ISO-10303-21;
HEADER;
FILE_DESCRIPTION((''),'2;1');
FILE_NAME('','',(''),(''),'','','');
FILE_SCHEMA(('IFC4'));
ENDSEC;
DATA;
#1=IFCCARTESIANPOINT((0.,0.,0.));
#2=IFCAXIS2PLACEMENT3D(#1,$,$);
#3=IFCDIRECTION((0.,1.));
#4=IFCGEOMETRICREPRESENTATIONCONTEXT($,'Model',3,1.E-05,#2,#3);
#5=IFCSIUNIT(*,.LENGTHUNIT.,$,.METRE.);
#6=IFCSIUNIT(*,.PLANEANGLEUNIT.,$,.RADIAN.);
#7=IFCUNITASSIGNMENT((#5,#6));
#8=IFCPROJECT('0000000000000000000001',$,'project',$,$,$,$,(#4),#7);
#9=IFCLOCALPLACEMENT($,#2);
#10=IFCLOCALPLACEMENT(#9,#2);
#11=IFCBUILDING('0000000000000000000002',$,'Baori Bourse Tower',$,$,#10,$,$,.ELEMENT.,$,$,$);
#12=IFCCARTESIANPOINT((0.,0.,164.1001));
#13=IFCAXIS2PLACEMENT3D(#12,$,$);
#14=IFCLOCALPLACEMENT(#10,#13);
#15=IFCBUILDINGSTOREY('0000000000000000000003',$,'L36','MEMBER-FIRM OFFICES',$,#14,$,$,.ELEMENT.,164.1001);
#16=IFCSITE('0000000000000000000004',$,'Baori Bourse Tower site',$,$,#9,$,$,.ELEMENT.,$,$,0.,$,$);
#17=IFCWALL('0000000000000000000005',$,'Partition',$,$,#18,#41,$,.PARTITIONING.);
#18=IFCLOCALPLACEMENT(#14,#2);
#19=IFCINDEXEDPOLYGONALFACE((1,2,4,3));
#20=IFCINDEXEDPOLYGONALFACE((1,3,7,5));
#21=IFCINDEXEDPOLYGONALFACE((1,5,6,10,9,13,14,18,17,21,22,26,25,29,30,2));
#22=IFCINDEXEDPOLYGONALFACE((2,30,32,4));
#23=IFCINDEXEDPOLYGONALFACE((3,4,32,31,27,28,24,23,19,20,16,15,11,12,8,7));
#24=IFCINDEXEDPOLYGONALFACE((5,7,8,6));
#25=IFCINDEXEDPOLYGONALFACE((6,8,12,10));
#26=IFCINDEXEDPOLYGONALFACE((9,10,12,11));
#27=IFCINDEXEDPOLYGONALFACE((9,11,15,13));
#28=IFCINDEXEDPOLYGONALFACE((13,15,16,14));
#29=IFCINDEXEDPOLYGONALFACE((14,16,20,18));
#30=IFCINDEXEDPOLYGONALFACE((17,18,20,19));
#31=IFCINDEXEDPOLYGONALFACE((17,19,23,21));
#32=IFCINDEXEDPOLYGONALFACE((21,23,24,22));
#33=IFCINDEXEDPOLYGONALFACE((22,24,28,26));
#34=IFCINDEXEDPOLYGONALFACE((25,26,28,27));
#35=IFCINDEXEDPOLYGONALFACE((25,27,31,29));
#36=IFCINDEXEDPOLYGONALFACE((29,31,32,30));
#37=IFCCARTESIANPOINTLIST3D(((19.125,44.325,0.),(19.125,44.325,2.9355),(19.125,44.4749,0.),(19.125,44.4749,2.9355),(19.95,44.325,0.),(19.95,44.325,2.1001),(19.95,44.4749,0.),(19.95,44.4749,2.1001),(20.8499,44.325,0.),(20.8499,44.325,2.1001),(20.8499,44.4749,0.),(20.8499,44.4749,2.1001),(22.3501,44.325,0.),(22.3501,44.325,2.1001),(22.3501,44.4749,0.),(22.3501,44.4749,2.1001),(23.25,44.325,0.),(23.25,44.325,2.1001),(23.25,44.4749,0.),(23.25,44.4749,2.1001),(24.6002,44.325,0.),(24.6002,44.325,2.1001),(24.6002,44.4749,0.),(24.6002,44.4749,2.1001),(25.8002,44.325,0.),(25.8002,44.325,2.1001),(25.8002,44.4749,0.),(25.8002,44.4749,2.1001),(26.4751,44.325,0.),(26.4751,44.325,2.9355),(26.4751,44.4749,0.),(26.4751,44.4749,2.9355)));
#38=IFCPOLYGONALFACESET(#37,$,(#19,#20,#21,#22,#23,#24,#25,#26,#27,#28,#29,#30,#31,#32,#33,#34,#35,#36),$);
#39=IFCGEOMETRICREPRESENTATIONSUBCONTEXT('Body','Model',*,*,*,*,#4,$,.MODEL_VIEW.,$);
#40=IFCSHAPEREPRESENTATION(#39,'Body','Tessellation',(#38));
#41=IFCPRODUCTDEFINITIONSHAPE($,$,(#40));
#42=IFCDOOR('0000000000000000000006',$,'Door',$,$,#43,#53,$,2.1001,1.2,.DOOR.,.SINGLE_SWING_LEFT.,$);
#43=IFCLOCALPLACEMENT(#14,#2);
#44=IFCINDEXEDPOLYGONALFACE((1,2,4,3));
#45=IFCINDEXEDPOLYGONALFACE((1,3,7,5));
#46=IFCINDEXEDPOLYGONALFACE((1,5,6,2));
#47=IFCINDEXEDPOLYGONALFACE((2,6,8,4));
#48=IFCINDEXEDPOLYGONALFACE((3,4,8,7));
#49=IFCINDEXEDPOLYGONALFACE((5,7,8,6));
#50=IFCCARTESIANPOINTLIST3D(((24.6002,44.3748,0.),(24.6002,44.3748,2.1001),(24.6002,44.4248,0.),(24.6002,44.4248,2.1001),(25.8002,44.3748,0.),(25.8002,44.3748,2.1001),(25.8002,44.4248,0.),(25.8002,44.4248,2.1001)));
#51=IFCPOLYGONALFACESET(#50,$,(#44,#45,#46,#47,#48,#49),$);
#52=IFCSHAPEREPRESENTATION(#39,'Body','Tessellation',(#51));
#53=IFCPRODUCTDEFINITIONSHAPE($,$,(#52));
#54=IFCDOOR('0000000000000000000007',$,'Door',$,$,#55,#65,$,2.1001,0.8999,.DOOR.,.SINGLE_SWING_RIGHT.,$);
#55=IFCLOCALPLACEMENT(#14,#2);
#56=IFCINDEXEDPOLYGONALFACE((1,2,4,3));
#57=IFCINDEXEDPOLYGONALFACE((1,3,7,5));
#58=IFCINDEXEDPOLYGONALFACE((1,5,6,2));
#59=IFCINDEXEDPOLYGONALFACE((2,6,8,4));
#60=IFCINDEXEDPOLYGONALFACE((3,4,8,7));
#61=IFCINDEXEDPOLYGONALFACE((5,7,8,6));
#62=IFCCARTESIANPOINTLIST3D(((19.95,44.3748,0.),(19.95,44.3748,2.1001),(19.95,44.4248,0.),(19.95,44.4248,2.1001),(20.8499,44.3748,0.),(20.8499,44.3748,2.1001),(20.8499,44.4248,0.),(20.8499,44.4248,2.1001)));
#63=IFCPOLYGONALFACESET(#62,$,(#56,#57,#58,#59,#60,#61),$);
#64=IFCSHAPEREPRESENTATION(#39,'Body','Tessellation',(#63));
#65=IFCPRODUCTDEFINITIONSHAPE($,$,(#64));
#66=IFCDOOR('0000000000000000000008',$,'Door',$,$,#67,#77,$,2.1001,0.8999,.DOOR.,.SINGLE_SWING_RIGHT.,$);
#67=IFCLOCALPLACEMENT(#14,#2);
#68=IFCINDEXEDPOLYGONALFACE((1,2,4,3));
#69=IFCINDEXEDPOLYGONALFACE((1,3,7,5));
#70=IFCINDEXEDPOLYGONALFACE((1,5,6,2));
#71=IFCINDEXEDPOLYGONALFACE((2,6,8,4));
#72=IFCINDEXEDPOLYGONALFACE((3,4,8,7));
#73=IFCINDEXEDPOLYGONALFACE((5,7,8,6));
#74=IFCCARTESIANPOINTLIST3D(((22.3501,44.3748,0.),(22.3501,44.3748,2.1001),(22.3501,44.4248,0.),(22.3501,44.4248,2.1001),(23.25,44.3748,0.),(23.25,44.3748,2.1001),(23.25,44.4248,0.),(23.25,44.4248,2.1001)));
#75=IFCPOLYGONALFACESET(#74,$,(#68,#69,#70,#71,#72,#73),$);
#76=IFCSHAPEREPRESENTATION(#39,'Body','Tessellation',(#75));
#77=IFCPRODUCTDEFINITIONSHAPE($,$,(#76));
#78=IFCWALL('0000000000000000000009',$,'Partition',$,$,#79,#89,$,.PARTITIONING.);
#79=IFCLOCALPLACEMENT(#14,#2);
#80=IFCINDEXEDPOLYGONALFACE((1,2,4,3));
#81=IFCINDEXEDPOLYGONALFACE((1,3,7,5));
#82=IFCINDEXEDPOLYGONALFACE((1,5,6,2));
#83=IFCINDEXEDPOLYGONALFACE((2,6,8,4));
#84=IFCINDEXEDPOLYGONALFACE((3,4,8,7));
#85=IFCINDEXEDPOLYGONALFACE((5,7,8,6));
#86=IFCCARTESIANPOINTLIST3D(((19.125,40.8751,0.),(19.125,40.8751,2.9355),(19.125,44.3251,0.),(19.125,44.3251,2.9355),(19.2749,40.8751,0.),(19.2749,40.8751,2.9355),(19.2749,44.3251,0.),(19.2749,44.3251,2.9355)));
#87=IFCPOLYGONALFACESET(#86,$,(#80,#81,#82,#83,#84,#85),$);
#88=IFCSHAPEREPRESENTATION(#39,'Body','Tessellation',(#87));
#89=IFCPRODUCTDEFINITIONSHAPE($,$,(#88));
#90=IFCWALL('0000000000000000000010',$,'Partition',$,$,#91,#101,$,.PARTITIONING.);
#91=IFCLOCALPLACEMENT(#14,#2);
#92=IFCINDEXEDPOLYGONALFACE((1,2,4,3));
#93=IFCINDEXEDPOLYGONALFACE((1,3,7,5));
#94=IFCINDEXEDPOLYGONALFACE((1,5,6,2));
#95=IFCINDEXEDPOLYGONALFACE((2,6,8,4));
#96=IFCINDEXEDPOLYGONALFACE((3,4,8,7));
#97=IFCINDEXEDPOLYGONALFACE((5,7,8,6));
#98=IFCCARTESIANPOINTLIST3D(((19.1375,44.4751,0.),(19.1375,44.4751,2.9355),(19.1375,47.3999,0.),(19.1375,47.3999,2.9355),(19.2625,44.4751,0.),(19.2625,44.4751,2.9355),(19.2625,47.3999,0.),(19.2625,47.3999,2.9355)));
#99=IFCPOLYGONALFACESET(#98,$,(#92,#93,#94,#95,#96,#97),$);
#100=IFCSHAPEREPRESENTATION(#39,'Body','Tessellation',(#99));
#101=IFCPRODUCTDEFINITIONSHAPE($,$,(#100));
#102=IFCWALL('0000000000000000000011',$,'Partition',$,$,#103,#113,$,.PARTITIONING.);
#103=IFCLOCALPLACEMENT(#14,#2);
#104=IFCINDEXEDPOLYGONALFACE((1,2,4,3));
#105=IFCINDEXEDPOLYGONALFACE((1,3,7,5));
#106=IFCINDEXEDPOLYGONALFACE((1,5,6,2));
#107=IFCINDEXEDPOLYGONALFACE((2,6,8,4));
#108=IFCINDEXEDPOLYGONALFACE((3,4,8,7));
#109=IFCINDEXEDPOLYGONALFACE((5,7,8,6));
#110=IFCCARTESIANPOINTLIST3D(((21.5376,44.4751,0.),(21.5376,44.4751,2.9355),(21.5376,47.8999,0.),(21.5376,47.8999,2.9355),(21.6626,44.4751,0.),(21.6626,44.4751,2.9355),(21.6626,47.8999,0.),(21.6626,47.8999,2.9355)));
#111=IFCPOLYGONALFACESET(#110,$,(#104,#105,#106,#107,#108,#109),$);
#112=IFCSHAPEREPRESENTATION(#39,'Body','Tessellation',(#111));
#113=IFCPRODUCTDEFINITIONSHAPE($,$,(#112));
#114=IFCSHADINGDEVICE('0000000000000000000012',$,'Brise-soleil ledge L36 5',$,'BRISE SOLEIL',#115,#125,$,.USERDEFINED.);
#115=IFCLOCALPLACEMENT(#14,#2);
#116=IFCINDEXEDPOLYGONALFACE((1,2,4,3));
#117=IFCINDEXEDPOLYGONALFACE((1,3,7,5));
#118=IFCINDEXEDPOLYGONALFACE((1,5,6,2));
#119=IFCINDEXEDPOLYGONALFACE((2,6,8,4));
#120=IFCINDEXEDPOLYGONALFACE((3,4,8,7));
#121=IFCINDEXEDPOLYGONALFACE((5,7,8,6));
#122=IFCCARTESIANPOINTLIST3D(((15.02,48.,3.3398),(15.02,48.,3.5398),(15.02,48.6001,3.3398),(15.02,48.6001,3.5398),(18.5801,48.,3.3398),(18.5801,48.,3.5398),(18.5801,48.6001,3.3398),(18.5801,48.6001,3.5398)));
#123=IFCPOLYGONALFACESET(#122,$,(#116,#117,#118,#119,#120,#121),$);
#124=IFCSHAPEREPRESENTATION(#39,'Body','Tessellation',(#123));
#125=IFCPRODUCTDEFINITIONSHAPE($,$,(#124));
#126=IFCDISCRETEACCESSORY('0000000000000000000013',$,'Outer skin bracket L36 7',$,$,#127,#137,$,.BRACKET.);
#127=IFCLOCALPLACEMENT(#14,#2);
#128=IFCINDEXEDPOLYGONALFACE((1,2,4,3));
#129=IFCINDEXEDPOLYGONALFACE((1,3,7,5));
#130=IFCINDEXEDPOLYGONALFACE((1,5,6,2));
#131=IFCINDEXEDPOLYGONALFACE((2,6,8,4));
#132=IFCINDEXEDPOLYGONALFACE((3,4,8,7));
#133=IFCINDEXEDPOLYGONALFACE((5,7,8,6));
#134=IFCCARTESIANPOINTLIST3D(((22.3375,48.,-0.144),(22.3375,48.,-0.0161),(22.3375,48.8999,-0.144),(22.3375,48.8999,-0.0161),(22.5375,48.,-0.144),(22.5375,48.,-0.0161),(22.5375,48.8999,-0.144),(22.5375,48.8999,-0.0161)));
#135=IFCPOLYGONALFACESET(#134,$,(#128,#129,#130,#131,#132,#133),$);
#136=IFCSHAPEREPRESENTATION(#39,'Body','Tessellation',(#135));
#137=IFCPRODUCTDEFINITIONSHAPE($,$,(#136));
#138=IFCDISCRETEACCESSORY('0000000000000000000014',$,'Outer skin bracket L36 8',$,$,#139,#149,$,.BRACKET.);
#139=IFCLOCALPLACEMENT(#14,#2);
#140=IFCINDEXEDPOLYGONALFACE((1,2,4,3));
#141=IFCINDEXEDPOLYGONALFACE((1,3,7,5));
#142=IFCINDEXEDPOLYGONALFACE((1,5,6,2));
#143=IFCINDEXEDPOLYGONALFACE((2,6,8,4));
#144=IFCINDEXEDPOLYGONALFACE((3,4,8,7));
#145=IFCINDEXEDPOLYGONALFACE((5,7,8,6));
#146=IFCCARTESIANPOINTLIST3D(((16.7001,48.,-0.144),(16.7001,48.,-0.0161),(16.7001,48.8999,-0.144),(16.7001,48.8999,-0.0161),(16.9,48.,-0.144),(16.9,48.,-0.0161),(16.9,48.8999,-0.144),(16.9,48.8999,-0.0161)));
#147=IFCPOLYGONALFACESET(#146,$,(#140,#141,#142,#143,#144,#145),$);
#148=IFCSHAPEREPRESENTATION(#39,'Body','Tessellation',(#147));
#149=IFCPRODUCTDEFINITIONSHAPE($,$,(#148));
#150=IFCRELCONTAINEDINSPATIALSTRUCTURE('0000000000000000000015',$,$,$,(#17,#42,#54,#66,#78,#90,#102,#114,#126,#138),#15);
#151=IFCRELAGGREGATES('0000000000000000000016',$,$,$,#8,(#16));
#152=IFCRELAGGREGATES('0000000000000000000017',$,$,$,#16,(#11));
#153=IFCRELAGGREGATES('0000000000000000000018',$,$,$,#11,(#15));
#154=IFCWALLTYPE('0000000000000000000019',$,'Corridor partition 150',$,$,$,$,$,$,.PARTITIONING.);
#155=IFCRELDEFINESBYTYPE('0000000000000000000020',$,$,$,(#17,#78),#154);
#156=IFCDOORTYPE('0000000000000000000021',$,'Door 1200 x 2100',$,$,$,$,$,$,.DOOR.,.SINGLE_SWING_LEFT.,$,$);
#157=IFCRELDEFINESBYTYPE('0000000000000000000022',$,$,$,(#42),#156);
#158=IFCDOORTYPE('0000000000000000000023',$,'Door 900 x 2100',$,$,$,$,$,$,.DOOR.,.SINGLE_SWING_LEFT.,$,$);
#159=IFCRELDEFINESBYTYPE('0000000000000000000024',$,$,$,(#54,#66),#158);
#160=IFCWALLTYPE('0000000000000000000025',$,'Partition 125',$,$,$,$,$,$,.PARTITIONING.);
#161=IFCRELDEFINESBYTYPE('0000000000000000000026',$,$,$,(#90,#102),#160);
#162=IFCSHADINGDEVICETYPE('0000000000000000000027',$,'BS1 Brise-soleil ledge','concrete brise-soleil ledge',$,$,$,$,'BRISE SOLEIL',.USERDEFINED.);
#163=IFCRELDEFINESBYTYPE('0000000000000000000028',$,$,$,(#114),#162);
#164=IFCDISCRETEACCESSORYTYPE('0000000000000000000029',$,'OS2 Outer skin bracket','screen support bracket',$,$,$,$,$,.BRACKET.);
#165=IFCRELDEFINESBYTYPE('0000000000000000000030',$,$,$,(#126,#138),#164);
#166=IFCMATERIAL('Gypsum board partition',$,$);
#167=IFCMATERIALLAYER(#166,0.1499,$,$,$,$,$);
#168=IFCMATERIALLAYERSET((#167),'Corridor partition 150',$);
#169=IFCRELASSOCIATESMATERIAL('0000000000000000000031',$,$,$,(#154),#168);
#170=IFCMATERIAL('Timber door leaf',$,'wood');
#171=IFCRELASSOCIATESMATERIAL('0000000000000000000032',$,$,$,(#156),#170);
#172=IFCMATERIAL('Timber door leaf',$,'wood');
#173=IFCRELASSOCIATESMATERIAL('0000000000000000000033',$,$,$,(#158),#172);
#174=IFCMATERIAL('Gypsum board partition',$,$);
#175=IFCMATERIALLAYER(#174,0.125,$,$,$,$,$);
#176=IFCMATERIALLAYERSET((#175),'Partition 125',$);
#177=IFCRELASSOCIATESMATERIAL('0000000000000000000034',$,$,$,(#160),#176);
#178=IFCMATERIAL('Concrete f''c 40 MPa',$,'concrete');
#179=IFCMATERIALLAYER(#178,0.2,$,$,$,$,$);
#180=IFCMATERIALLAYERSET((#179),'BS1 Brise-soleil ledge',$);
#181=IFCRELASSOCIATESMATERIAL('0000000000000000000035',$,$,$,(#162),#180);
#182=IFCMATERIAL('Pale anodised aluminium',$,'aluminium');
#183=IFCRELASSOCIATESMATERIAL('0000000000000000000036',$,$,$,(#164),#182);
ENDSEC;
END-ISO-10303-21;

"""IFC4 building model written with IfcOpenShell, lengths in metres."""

from ifc_helpers import new_model, si_unit, direction, frame, frame_2d, origin, origin_2d, place, context, subcontext, project, spatial, rectangle, extrude, material, layer, layer_set, type_object, element, fill, save


model = new_model("IFC4")

# Units and contexts
model_context = context("Model", 3, precision=1e-05, world=origin(), true_north=direction((0.0, 1.0)))
body_context = subcontext(model_context, "Body", "Model", "MODEL_VIEW")
ifc_project = project(units=[si_unit("LENGTHUNIT", "METRE"), si_unit("PLANEANGLEUNIT", "RADIAN")], contexts=[model_context])

# Site, building, storey
site_placement = place(None, origin())
site = spatial("IfcSite", under=ifc_project, at=site_placement, Name="Baori Bourse Tower site", CompositionType="ELEMENT", RefElevation=0.0)
building_placement = place(site_placement, origin())
building = spatial("IfcBuilding", under=site, at=building_placement, Name="Baori Bourse Tower", CompositionType="ELEMENT")
storey_placement = place(building_placement, frame((0.0, 0.0, 164.1001)))
storey = spatial("IfcBuildingStorey", under=building, at=storey_placement, Name="L36", Description="MEMBER-FIRM OFFICES", CompositionType="ELEMENT", Elevation=164.1001)

# Shared definitions
ifc_material_1 = material(Name="Gypsum board partition")
ifc_layer_1 = layer(ifc_material_1, 0.1499)
ifc_layer_set_1 = layer_set([ifc_layer_1], Name="Corridor partition 150")
wall_type_1 = type_object("IfcWallType", Name="Corridor partition 150", PredefinedType="PARTITIONING", material=ifc_layer_set_1)

# Wall, openings, doors
wall_1_placement = place(storey_placement, frame((19.125, 44.3999, 0.0), z_axis=(0.0, 0.0, 1.0), x_axis=(1.0, 0.0, 0.0)))
wall_1 = element("IfcWall", 1, at=wall_1_placement, inside=storey, type_object=wall_type_1, Name="Partition", PredefinedType="PARTITIONING", context=body_context, shape_type="SweptSolid", body=[
    extrude(rectangle(XDim=7.3501, YDim=0.1499, at=frame_2d((3.675, 0.0))), origin(), (0.0, 0.0, 1.0), 2.9355),
])
opening_1_placement = place(wall_1_placement, frame((0.825, 0.0, 0.0)))
opening_1 = element("IfcOpeningElement", 2, at=opening_1_placement, cuts=wall_1, PredefinedType="OPENING", context=body_context, shape_type="SweptSolid", body=[
    extrude(rectangle(XDim=0.8999, YDim=2.1001, at=frame_2d((0.45, 1.05))), frame((0.0, 0.085, 0.0), z_axis=(0.0, -1.0, 0.0), x_axis=(1.0, 0.0, 0.0)), (0.0, 0.0, 1.0), 0.1699),
])
opening_2_placement = place(wall_1_placement, frame((3.2251, 0.0, 0.0)))
opening_2 = element("IfcOpeningElement", 3, at=opening_2_placement, cuts=wall_1, PredefinedType="OPENING", context=body_context, shape_type="SweptSolid", body=[
    extrude(rectangle(XDim=0.8999, YDim=2.1001, at=frame_2d((0.45, 1.05))), frame((0.0, 0.085, 0.0), z_axis=(0.0, -1.0, 0.0), x_axis=(1.0, 0.0, 0.0)), (0.0, 0.0, 1.0), 0.1699),
])
opening_3_placement = place(wall_1_placement, frame((5.4751, 0.0, 0.0)))
opening_3 = element("IfcOpeningElement", 4, at=opening_3_placement, cuts=wall_1, PredefinedType="OPENING", context=body_context, shape_type="SweptSolid", body=[
    extrude(rectangle(XDim=1.2, YDim=2.1001, at=frame_2d((0.6001, 1.05))), frame((0.0, 0.085, 0.0), z_axis=(0.0, -1.0, 0.0), x_axis=(1.0, 0.0, 0.0)), (0.0, 0.0, 1.0), 0.1699),
])
ifc_material_2 = material(Name="Timber door leaf", Category="wood")
door_type_1 = type_object("IfcDoorType", Name="Door 1200 x 2100", OperationType="SINGLE_SWING_LEFT", PredefinedType="DOOR", material=ifc_material_2)
door_1_placement = place(opening_3_placement, origin())
door_1 = element("IfcDoor", 5, at=door_1_placement, inside=storey, type_object=door_type_1, Name="Door", OperationType="SINGLE_SWING_LEFT", OverallHeight=2.1001, OverallWidth=1.2, PredefinedType="DOOR", context=body_context, shape_type="SweptSolid", body=[
    extrude(rectangle(XDim=1.2, YDim=2.1001, at=frame_2d((0.6001, 1.05))), frame((0.0, 0.0249, 0.0), z_axis=(0.0, -1.0, 0.0), x_axis=(1.0, 0.0, 0.0)), (0.0, 0.0, 1.0), 0.05),
])
fill(opening_3, door_1)
ifc_material_3 = material(Name="Timber door leaf", Category="wood")
door_type_2 = type_object("IfcDoorType", Name="Door 900 x 2100", OperationType="SINGLE_SWING_LEFT", PredefinedType="DOOR", material=ifc_material_3)
door_2_placement = place(opening_1_placement, origin())
door_2 = element("IfcDoor", 6, at=door_2_placement, inside=storey, type_object=door_type_2, Name="Door", OperationType="SINGLE_SWING_RIGHT", OverallHeight=2.1001, OverallWidth=0.8999, PredefinedType="DOOR", context=body_context, shape_type="SweptSolid", body=[
    extrude(rectangle(XDim=0.8999, YDim=2.1001, at=frame_2d((0.45, 1.05))), frame((0.0, 0.0249, 0.0), z_axis=(0.0, -1.0, 0.0), x_axis=(1.0, 0.0, 0.0)), (0.0, 0.0, 1.0), 0.05),
])
fill(opening_1, door_2)
door_3_placement = place(opening_2_placement, origin())
door_3 = element("IfcDoor", 7, at=door_3_placement, inside=storey, type_object=door_type_2, Name="Door", OperationType="SINGLE_SWING_RIGHT", OverallHeight=2.1001, OverallWidth=0.8999, PredefinedType="DOOR", context=body_context, shape_type="SweptSolid", body=[
    extrude(rectangle(XDim=0.8999, YDim=2.1001, at=frame_2d((0.45, 1.05))), frame((0.0, 0.0249, 0.0), z_axis=(0.0, -1.0, 0.0), x_axis=(1.0, 0.0, 0.0)), (0.0, 0.0, 1.0), 0.05),
])
fill(opening_2, door_3)

# Walls
wall_2_placement = place(storey_placement, frame((19.2, 40.875, 0.0), z_axis=(0.0, 0.0, 1.0), x_axis=(0.0, 1.0, 0.0)))
element("IfcWall", 8, at=wall_2_placement, inside=storey, type_object=wall_type_1, Name="Partition", PredefinedType="PARTITIONING", context=body_context, shape_type="SweptSolid", body=[
    extrude(rectangle(XDim=3.45, YDim=0.1499, at=frame_2d((1.7251, 0.0))), origin(), (0.0, 0.0, 1.0), 2.9355),
])
ifc_material_4 = material(Name="Gypsum board partition")
ifc_layer_2 = layer(ifc_material_4, 0.125)
ifc_layer_set_2 = layer_set([ifc_layer_2], Name="Partition 125")
wall_type_2 = type_object("IfcWallType", Name="Partition 125", PredefinedType="PARTITIONING", material=ifc_layer_set_2)
wall_3_placement = place(storey_placement, frame((19.2, 44.4751, 0.0), z_axis=(0.0, 0.0, 1.0), x_axis=(0.0, 1.0, 0.0)))
element("IfcWall", 9, at=wall_3_placement, inside=storey, type_object=wall_type_2, Name="Partition", PredefinedType="PARTITIONING", context=body_context, shape_type="SweptSolid", body=[
    extrude(rectangle(XDim=2.9248, YDim=0.125, at=frame_2d((1.4624, 0.0))), origin(), (0.0, 0.0, 1.0), 2.9355),
])
wall_4_placement = place(storey_placement, frame((21.6001, 44.4751, 0.0), z_axis=(0.0, 0.0, 1.0), x_axis=(0.0, 1.0, 0.0)))
element("IfcWall", 10, at=wall_4_placement, inside=storey, type_object=wall_type_2, Name="Partition", PredefinedType="PARTITIONING", context=body_context, shape_type="SweptSolid", body=[
    extrude(rectangle(XDim=3.4248, YDim=0.125, at=frame_2d((1.7124, 0.0))), origin(), (0.0, 0.0, 1.0), 2.9355),
])

# Shading device
ifc_material_5 = material(Name="Concrete f'c 40 MPa", Category="concrete")
ifc_layer_3 = layer(ifc_material_5, 0.2)
ifc_layer_set_3 = layer_set([ifc_layer_3], Name="BS1 Brise-soleil ledge")
shading_device_type = type_object("IfcShadingDeviceType", Name="BS1 Brise-soleil ledge", Description="concrete brise-soleil ledge", ElementType="BRISE SOLEIL", PredefinedType="USERDEFINED", material=ifc_layer_set_3)
shading_device_placement = place(storey_placement, frame((16.8, 48.3, 3.3398), z_axis=(0.0, 0.0, 1.0), x_axis=(-1.0, 0.0, 0.0)))
element("IfcShadingDevice", 11, at=shading_device_placement, inside=storey, type_object=shading_device_type, Name="Brise-soleil ledge L36 5", ObjectType="BRISE SOLEIL", PredefinedType="USERDEFINED", context=body_context, shape_type="SweptSolid", body=[
    extrude(rectangle(XDim=3.5601, YDim=0.6001, at=origin_2d()), origin(), (0.0, 0.0, 1.0), 0.2),
])

# Discrete accessories
ifc_material_6 = material(Name="Pale anodised aluminium", Category="aluminium")
discrete_accessory_type = type_object("IfcDiscreteAccessoryType", Name="OS2 Outer skin bracket", Description="screen support bracket", PredefinedType="BRACKET", material=ifc_material_6)
for number, where, z_axis, x_axis, name in (
    (12, (22.4375, 48.45, -0.144), (0.0, 0.0, 1.0), (-1.0, 0.0, 0.0), "Outer skin bracket L36 7"),
    (13, (16.8, 48.45, -0.144), (0.0, 0.0, 1.0), (-1.0, 0.0, 0.0), "Outer skin bracket L36 8"),
):
    element("IfcDiscreteAccessory", number, at=place(storey_placement, frame(where, z_axis=z_axis, x_axis=x_axis)), inside=storey, type_object=discrete_accessory_type, Name=name, PredefinedType="BRACKET", context=body_context, shape_type="SweptSolid", body=[
        extrude(rectangle(XDim=0.2, YDim=0.8999, at=origin_2d()), origin(), (0.0, 0.0, 1.0), 0.1279),
    ])

save(model, "model.ifc")
